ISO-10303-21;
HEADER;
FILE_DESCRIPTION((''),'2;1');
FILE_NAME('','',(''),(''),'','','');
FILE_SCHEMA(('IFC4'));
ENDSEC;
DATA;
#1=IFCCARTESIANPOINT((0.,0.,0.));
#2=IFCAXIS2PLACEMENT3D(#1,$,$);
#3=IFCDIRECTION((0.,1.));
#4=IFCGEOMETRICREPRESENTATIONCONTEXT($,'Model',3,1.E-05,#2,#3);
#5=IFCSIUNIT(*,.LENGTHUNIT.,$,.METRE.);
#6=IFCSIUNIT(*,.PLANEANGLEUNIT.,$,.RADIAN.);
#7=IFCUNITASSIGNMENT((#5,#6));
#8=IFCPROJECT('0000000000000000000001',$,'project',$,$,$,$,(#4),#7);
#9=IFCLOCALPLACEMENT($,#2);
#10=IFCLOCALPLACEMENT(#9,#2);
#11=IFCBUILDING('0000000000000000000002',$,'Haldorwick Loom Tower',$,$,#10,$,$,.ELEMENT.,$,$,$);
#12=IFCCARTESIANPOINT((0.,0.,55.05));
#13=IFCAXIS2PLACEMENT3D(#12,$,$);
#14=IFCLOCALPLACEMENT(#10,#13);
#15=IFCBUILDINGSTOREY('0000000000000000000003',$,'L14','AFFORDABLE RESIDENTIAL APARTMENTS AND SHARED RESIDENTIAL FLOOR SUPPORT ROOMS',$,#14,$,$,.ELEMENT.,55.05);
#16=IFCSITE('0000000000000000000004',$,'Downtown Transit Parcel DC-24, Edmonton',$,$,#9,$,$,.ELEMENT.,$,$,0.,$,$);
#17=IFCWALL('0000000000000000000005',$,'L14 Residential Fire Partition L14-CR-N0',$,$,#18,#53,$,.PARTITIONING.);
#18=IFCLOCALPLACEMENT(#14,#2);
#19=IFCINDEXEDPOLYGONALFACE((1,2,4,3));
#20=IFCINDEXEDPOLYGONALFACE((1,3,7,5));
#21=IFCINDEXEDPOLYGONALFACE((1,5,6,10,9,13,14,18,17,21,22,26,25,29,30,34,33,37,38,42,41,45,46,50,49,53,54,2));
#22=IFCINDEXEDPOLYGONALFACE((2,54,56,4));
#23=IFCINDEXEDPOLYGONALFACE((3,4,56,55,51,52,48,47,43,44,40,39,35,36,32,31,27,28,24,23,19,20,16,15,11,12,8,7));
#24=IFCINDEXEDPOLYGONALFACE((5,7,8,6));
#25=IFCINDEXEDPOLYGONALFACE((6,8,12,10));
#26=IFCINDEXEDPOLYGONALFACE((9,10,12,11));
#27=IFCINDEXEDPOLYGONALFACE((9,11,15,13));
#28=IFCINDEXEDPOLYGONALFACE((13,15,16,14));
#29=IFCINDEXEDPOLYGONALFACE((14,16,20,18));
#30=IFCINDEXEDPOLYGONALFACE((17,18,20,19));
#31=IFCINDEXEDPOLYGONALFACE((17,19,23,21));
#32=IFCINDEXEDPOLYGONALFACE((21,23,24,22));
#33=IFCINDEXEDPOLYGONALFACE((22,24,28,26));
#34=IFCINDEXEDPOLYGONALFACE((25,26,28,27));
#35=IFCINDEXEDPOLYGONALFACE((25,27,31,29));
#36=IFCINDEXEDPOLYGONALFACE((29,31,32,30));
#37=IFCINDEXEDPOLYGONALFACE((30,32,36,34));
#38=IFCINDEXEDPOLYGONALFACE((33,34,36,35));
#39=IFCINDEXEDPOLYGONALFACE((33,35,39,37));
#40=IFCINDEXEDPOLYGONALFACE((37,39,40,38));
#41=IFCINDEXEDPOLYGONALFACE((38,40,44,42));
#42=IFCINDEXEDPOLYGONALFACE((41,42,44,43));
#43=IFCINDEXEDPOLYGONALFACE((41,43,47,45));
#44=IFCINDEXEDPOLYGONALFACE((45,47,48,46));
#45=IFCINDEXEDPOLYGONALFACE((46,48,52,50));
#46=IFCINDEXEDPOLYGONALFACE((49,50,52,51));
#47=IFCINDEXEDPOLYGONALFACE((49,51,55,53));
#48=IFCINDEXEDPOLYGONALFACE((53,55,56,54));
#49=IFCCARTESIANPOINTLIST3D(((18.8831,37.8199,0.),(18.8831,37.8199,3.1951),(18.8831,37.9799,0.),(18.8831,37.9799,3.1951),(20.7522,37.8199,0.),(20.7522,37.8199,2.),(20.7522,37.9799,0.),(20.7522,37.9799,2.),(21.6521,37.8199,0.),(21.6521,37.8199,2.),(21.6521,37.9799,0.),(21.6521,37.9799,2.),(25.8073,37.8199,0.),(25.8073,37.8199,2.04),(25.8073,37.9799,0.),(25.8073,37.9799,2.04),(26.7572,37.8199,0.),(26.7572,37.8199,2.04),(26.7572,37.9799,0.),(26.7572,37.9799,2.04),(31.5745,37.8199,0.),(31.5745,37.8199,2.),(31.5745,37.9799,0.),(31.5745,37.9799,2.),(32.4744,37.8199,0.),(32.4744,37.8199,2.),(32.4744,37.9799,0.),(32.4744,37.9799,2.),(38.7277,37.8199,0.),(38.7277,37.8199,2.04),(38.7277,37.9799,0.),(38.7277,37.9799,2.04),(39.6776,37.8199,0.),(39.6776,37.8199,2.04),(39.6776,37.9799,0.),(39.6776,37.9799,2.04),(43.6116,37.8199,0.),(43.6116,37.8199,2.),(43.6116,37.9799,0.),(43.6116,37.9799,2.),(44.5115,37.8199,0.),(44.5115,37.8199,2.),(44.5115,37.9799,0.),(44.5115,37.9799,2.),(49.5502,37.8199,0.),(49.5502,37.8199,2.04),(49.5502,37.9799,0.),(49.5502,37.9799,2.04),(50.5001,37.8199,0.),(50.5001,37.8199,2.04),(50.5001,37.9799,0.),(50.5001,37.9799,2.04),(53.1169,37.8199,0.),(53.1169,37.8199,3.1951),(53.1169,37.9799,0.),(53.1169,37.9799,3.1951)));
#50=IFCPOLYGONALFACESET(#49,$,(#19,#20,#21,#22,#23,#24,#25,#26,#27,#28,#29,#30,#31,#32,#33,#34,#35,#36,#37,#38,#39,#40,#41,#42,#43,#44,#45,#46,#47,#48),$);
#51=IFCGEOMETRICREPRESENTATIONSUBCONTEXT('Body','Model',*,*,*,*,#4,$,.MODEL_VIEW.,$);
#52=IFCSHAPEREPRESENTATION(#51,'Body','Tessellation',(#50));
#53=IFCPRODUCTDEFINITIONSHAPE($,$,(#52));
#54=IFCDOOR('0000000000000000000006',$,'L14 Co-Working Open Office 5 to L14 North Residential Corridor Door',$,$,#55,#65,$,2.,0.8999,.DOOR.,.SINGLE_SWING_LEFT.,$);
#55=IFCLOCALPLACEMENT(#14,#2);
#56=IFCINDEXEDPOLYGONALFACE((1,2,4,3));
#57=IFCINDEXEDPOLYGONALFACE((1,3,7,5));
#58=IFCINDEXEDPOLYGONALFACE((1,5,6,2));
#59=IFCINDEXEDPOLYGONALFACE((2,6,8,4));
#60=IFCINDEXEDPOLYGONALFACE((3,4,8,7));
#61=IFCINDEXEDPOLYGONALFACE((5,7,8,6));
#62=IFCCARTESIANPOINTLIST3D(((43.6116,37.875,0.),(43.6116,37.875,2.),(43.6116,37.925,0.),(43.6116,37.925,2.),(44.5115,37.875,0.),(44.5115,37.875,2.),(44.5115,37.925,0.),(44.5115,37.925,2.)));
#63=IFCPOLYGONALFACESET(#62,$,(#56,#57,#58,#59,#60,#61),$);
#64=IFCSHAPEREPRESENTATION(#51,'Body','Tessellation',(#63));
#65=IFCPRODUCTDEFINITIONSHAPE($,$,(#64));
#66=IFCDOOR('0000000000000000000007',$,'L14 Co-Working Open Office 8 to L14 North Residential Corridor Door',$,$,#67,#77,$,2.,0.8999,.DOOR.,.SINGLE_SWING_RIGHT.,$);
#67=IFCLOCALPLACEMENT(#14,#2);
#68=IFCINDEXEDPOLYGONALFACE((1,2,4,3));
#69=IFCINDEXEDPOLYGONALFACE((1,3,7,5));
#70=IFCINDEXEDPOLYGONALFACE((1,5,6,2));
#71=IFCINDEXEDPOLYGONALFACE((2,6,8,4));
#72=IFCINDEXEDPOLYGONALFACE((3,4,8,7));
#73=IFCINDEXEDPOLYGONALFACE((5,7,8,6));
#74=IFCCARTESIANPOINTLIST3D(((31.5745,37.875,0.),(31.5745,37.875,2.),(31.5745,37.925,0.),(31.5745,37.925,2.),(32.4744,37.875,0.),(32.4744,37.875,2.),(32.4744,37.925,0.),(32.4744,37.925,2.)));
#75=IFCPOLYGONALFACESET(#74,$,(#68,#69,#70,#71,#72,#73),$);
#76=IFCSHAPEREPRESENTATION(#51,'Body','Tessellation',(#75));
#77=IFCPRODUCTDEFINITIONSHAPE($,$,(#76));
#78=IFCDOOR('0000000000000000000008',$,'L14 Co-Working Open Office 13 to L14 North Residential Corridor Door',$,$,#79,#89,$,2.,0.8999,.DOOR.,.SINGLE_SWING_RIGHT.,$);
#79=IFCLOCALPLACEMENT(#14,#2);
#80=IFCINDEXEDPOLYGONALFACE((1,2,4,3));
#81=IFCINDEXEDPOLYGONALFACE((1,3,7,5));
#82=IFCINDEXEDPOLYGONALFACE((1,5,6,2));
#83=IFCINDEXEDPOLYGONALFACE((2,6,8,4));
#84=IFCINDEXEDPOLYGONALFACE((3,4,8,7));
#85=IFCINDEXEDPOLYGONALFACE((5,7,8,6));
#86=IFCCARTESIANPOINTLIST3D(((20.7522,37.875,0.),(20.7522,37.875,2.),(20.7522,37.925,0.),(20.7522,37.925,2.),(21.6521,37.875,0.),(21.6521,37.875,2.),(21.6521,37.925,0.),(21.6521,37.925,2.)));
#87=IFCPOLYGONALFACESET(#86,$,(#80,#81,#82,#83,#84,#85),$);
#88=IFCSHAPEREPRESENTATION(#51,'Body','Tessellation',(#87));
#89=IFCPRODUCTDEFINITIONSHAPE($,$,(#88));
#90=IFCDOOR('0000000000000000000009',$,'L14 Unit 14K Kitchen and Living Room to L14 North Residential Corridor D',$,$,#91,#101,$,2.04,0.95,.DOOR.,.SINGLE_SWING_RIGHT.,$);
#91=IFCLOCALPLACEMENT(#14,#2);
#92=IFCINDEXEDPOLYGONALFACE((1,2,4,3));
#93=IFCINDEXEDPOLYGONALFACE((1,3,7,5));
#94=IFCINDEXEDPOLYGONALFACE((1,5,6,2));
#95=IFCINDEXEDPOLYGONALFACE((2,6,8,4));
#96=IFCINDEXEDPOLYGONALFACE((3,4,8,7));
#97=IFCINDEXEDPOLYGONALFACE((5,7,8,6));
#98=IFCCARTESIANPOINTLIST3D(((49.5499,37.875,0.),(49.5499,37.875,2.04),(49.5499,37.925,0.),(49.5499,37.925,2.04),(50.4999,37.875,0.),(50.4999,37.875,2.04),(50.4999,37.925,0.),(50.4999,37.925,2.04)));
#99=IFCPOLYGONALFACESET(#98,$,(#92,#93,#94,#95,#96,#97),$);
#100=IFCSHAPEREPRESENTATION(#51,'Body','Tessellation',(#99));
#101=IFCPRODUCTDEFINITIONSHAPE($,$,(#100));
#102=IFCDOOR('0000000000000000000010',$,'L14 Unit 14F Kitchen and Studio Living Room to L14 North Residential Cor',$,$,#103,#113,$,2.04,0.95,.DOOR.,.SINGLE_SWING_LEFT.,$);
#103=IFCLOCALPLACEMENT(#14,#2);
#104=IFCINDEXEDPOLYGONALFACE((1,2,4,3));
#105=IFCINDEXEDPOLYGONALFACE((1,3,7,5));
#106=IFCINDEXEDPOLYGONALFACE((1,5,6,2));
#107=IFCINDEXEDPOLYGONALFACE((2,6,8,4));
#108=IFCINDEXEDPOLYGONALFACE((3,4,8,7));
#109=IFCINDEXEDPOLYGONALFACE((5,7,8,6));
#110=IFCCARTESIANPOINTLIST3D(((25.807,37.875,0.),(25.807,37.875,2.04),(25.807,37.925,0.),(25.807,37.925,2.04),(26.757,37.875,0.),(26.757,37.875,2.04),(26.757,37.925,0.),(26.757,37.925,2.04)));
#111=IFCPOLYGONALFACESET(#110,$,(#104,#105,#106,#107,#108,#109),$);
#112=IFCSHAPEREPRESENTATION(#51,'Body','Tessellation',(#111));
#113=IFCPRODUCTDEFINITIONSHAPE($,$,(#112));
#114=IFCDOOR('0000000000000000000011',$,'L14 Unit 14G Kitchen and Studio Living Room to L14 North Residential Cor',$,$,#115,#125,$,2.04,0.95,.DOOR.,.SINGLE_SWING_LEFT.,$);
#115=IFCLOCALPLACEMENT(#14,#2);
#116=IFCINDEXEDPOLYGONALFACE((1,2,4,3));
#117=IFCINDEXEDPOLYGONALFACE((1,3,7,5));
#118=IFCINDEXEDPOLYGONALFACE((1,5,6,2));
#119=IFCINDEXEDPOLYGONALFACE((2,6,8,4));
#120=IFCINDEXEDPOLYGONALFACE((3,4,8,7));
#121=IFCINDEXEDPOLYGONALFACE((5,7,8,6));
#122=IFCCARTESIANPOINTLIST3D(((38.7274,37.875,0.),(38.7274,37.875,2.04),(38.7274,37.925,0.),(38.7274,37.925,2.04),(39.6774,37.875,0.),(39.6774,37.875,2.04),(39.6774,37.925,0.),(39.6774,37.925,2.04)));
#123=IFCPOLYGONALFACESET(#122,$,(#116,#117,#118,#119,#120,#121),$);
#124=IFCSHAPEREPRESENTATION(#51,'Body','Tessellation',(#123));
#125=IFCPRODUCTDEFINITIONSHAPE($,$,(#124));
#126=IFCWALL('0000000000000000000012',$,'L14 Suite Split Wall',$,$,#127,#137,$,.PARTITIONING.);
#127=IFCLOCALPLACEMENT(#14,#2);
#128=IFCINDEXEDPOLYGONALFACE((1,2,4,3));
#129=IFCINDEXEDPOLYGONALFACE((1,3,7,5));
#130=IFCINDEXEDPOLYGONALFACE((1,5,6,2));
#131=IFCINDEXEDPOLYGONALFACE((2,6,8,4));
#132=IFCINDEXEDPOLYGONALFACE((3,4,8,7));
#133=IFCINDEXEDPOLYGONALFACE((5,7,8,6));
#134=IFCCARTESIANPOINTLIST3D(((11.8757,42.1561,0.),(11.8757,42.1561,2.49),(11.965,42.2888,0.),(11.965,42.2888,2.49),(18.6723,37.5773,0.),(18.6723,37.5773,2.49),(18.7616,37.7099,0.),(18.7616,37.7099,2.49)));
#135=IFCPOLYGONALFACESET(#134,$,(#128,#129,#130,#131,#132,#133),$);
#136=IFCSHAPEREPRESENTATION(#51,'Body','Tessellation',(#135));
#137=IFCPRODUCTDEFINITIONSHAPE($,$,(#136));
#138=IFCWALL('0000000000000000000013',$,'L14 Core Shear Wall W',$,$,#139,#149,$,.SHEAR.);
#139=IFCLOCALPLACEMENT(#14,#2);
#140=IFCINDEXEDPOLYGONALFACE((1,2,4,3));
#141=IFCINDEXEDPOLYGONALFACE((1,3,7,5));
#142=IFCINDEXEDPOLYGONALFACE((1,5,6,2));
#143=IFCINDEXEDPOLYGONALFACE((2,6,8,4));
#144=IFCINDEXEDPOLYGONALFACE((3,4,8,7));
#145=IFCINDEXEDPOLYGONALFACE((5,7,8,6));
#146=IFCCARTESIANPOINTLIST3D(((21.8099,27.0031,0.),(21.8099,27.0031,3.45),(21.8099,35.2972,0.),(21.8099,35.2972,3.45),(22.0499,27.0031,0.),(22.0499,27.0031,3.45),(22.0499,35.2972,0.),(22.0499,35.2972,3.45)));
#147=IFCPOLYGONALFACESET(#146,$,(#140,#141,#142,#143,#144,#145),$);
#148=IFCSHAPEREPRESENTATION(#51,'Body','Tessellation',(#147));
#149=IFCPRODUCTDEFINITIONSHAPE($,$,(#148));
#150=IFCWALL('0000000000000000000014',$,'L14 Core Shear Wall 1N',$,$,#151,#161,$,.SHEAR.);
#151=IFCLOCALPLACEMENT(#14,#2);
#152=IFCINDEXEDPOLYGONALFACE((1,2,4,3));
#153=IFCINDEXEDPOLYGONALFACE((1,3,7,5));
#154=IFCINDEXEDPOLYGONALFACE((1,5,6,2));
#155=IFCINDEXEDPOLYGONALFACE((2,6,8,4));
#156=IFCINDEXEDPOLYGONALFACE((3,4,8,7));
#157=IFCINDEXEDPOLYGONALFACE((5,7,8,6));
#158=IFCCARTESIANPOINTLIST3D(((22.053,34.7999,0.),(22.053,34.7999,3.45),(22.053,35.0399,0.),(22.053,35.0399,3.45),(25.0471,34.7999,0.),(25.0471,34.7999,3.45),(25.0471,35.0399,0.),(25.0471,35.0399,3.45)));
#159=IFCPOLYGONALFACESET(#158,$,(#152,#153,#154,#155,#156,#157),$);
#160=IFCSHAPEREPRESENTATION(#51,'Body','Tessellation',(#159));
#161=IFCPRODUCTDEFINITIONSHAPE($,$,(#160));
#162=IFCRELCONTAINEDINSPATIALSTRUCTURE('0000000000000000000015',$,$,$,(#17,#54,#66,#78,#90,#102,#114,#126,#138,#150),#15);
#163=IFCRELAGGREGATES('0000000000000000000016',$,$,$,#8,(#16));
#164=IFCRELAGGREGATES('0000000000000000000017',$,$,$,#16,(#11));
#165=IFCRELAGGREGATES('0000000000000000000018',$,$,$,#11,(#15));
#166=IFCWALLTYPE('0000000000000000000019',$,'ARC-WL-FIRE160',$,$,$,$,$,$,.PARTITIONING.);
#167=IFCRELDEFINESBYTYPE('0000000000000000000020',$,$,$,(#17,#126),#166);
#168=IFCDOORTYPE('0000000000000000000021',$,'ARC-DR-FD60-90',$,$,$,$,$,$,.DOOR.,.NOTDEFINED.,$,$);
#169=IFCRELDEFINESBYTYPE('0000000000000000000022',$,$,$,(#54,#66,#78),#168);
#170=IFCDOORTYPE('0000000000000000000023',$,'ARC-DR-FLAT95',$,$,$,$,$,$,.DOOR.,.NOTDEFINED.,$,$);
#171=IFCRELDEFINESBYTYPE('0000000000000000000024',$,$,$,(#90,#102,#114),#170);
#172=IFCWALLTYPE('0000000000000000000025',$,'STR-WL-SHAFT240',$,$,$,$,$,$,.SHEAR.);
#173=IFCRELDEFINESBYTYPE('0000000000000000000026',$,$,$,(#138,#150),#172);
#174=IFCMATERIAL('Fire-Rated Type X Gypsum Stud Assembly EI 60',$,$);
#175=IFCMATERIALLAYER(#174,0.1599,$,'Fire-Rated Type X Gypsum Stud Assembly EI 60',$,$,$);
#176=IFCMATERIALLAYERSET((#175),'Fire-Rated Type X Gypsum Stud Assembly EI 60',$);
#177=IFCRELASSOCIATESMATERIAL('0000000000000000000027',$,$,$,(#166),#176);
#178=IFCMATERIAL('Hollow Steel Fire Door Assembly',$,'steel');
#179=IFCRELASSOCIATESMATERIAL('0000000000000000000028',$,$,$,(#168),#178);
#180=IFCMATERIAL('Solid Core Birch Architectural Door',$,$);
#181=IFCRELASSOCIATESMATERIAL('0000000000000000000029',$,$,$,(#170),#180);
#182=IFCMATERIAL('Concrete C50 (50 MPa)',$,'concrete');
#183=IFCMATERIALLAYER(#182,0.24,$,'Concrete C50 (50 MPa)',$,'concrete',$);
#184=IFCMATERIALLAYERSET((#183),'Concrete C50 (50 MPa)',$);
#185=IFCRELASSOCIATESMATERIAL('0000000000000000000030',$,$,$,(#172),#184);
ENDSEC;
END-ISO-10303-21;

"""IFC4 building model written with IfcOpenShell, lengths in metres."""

from ifc_helpers import new_model, si_unit, direction, frame, frame_2d, origin, place, context, subcontext, project, spatial, rectangle, extrude, material, layer, layer_set, type_object, element, fill, save


model = new_model("IFC4")

# Units and contexts
model_context = context("Model", 3, precision=1e-05, world=origin(), true_north=direction((0.0, 1.0)))
body_context = subcontext(model_context, "Body", "Model", "MODEL_VIEW")
ifc_project = project(units=[si_unit("LENGTHUNIT", "METRE"), si_unit("PLANEANGLEUNIT", "RADIAN")], contexts=[model_context])

# Site, building, storey
site_placement = place(None, origin())
site = spatial("IfcSite", under=ifc_project, at=site_placement, Name="Downtown Transit Parcel DC-24, Edmonton", CompositionType="ELEMENT", RefElevation=0.0)
building_placement = place(site_placement, origin())
building = spatial("IfcBuilding", under=site, at=building_placement, Name="Haldorwick Loom Tower", CompositionType="ELEMENT")
storey_placement = place(building_placement, frame((0.0, 0.0, 55.05)))
storey = spatial("IfcBuildingStorey", under=building, at=storey_placement, Name="L14", Description="AFFORDABLE RESIDENTIAL APARTMENTS AND SHARED RESIDENTIAL FLOOR SUPPORT ROOMS", CompositionType="ELEMENT", Elevation=55.05)

# Shared definitions
ifc_material_1 = material(Name="Fire-Rated Type X Gypsum Stud Assembly EI 60")
ifc_layer_1 = layer(ifc_material_1, 0.1599, Name="Fire-Rated Type X Gypsum Stud Assembly EI 60")
ifc_layer_set_1 = layer_set([ifc_layer_1], Name="Fire-Rated Type X Gypsum Stud Assembly EI 60")
wall_type_1 = type_object("IfcWallType", Name="ARC-WL-FIRE160", PredefinedType="PARTITIONING", material=ifc_layer_set_1)

# Wall, openings, doors
wall_1_placement = place(storey_placement, frame((18.8831, 37.8999, 0.0), z_axis=(0.0, 0.0, 1.0), x_axis=(1.0, 0.0, 0.0)))
wall_1 = element("IfcWall", 1, at=wall_1_placement, inside=storey, type_object=wall_type_1, Name="L14 Residential Fire Partition L14-CR-N0", PredefinedType="PARTITIONING", context=body_context, shape_type="SweptSolid", body=[
    extrude(rectangle(XDim=34.2339, YDim=0.1599, at=frame_2d((17.1169, 0.0))), origin(), (0.0, 0.0, 1.0), 3.1951),
])
opening_1_placement = place(wall_1_placement, frame((30.667, 0.0, 0.0)))
opening_1 = element("IfcOpeningElement", 2, at=opening_1_placement, cuts=wall_1, PredefinedType="OPENING", context=body_context, shape_type="SweptSolid", body=[
    extrude(rectangle(XDim=0.95, YDim=2.04, at=frame_2d((0.4751, 1.02))), frame((0.0, 0.0898, 0.0), z_axis=(0.0, -1.0, 0.0), x_axis=(1.0, 0.0, 0.0)), (0.0, 0.0, 1.0), 0.1799),
])
opening_2_placement = place(wall_1_placement, frame((24.7285, 0.0, 0.0)))
opening_2 = element("IfcOpeningElement", 3, at=opening_2_placement, cuts=wall_1, PredefinedType="OPENING", context=body_context, shape_type="SweptSolid", body=[
    extrude(rectangle(XDim=0.8999, YDim=2.0, at=frame_2d((0.45, 1.0))), frame((0.0, 0.0898, 0.0), z_axis=(0.0, -1.0, 0.0), x_axis=(1.0, 0.0, 0.0)), (0.0, 0.0, 1.0), 0.1799),
])
opening_3_placement = place(wall_1_placement, frame((12.6914, 0.0, 0.0)))
opening_3 = element("IfcOpeningElement", 4, at=opening_3_placement, cuts=wall_1, PredefinedType="OPENING", context=body_context, shape_type="SweptSolid", body=[
    extrude(rectangle(XDim=0.8999, YDim=2.0, at=frame_2d((0.45, 1.0))), frame((0.0, 0.0898, 0.0), z_axis=(0.0, -1.0, 0.0), x_axis=(1.0, 0.0, 0.0)), (0.0, 0.0, 1.0), 0.1799),
])
opening_4_placement = place(wall_1_placement, frame((6.9241, 0.0, 0.0)))
opening_4 = element("IfcOpeningElement", 5, at=opening_4_placement, cuts=wall_1, PredefinedType="OPENING", context=body_context, shape_type="SweptSolid", body=[
    extrude(rectangle(XDim=0.95, YDim=2.04, at=frame_2d((0.4751, 1.02))), frame((0.0, 0.0898, 0.0), z_axis=(0.0, -1.0, 0.0), x_axis=(1.0, 0.0, 0.0)), (0.0, 0.0, 1.0), 0.1799),
])
opening_5_placement = place(wall_1_placement, frame((1.8691, 0.0, 0.0)))
opening_5 = element("IfcOpeningElement", 6, at=opening_5_placement, cuts=wall_1, PredefinedType="OPENING", context=body_context, shape_type="SweptSolid", body=[
    extrude(rectangle(XDim=0.8999, YDim=2.0, at=frame_2d((0.45, 1.0))), frame((0.0, 0.0898, 0.0), z_axis=(0.0, -1.0, 0.0), x_axis=(1.0, 0.0, 0.0)), (0.0, 0.0, 1.0), 0.1799),
])
opening_6_placement = place(wall_1_placement, frame((19.8445, 0.0, 0.0)))
opening_6 = element("IfcOpeningElement", 7, at=opening_6_placement, cuts=wall_1, PredefinedType="OPENING", context=body_context, shape_type="SweptSolid", body=[
    extrude(rectangle(XDim=0.95, YDim=2.04, at=frame_2d((0.4751, 1.02))), frame((0.0, 0.0898, 0.0), z_axis=(0.0, -1.0, 0.0), x_axis=(1.0, 0.0, 0.0)), (0.0, 0.0, 1.0), 0.1799),
])
ifc_material_2 = material(Name="Hollow Steel Fire Door Assembly", Category="steel")
door_type_1 = type_object("IfcDoorType", Name="ARC-DR-FD60-90", OperationType="NOTDEFINED", PredefinedType="DOOR", material=ifc_material_2)
door_1_placement = place(opening_2_placement, frame((0.8999, 0.0, 0.0), z_axis=(0.0, 0.0, 1.0), x_axis=(-1.0, 0.0, 0.0)))
door_1 = element("IfcDoor", 8, at=door_1_placement, inside=storey, type_object=door_type_1, Name="L14 Co-Working Open Office 5 to L14 North Residential Corridor Door", OperationType="SINGLE_SWING_LEFT", OverallHeight=2.0, OverallWidth=0.8999, PredefinedType="DOOR", context=body_context, shape_type="SweptSolid", body=[
    extrude(rectangle(XDim=0.8999, YDim=2.0, at=frame_2d((0.45, 1.0))), frame((0.0, 0.0249, 0.0), z_axis=(0.0, -1.0, 0.0), x_axis=(1.0, 0.0, 0.0)), (0.0, 0.0, 1.0), 0.05),
])
fill(opening_2, door_1)
door_2_placement = place(opening_3_placement, frame((0.8999, 0.0, 0.0), z_axis=(0.0, 0.0, 1.0), x_axis=(-1.0, 0.0, 0.0)))
door_2 = element("IfcDoor", 9, at=door_2_placement, inside=storey, type_object=door_type_1, Name="L14 Co-Working Open Office 8 to L14 North Residential Corridor Door", OperationType="SINGLE_SWING_RIGHT", OverallHeight=2.0, OverallWidth=0.8999, PredefinedType="DOOR", context=body_context, shape_type="SweptSolid", body=[
    extrude(rectangle(XDim=0.8999, YDim=2.0, at=frame_2d((0.45, 1.0))), frame((0.0, 0.0249, 0.0), z_axis=(0.0, -1.0, 0.0), x_axis=(1.0, 0.0, 0.0)), (0.0, 0.0, 1.0), 0.05),
])
fill(opening_3, door_2)
door_3_placement = place(opening_5_placement, frame((0.8999, 0.0, 0.0), z_axis=(0.0, 0.0, 1.0), x_axis=(-1.0, 0.0, 0.0)))
door_3 = element("IfcDoor", 10, at=door_3_placement, inside=storey, type_object=door_type_1, Name="L14 Co-Working Open Office 13 to L14 North Residential Corridor Door", OperationType="SINGLE_SWING_RIGHT", OverallHeight=2.0, OverallWidth=0.8999, PredefinedType="DOOR", context=body_context, shape_type="SweptSolid", body=[
    extrude(rectangle(XDim=0.8999, YDim=2.0, at=frame_2d((0.45, 1.0))), frame((0.0, 0.0249, 0.0), z_axis=(0.0, -1.0, 0.0), x_axis=(1.0, 0.0, 0.0)), (0.0, 0.0, 1.0), 0.05),
])
fill(opening_5, door_3)
ifc_material_3 = material(Name="Solid Core Birch Architectural Door")
door_type_2 = type_object("IfcDoorType", Name="ARC-DR-FLAT95", OperationType="NOTDEFINED", PredefinedType="DOOR", material=ifc_material_3)
door_4_placement = place(opening_1_placement, frame((0.95, 0.0, 0.0), z_axis=(0.0, 0.0, 1.0), x_axis=(-1.0, 0.0, 0.0)))
door_4 = element("IfcDoor", 11, at=door_4_placement, inside=storey, type_object=door_type_2, Name="L14 Unit 14K Kitchen and Living Room to L14 North Residential Corridor D", OperationType="SINGLE_SWING_RIGHT", OverallHeight=2.04, OverallWidth=0.95, PredefinedType="DOOR", context=body_context, shape_type="SweptSolid", body=[
    extrude(rectangle(XDim=0.95, YDim=2.04, at=frame_2d((0.4751, 1.02))), frame((0.0, 0.0249, 0.0), z_axis=(0.0, -1.0, 0.0), x_axis=(1.0, 0.0, 0.0)), (0.0, 0.0, 1.0), 0.05),
])
fill(opening_1, door_4)
door_5_placement = place(opening_4_placement, frame((0.95, 0.0, 0.0), z_axis=(0.0, 0.0, 1.0), x_axis=(-1.0, 0.0, 0.0)))
door_5 = element("IfcDoor", 12, at=door_5_placement, inside=storey, type_object=door_type_2, Name="L14 Unit 14F Kitchen and Studio Living Room to L14 North Residential Cor", OperationType="SINGLE_SWING_LEFT", OverallHeight=2.04, OverallWidth=0.95, PredefinedType="DOOR", context=body_context, shape_type="SweptSolid", body=[
    extrude(rectangle(XDim=0.95, YDim=2.04, at=frame_2d((0.4751, 1.02))), frame((0.0, 0.0249, 0.0), z_axis=(0.0, -1.0, 0.0), x_axis=(1.0, 0.0, 0.0)), (0.0, 0.0, 1.0), 0.05),
])
fill(opening_4, door_5)
door_6_placement = place(opening_6_placement, frame((0.95, 0.0, 0.0), z_axis=(0.0, 0.0, 1.0), x_axis=(-1.0, 0.0, 0.0)))
door_6 = element("IfcDoor", 13, at=door_6_placement, inside=storey, type_object=door_type_2, Name="L14 Unit 14G Kitchen and Studio Living Room to L14 North Residential Cor", OperationType="SINGLE_SWING_LEFT", OverallHeight=2.04, OverallWidth=0.95, PredefinedType="DOOR", context=body_context, shape_type="SweptSolid", body=[
    extrude(rectangle(XDim=0.95, YDim=2.04, at=frame_2d((0.4751, 1.02))), frame((0.0, 0.0249, 0.0), z_axis=(0.0, -1.0, 0.0), x_axis=(1.0, 0.0, 0.0)), (0.0, 0.0, 1.0), 0.05),
])
fill(opening_6, door_6)

# Walls
wall_2_placement = place(storey_placement, frame((18.717, 37.6436, 0.0), z_axis=(0.0, 0.0, 1.0), x_axis=(-0.82935, 0.558729, 0.0)))
element("IfcWall", 14, at=wall_2_placement, inside=storey, type_object=wall_type_1, Name="L14 Suite Split Wall", PredefinedType="PARTITIONING", context=body_context, shape_type="SweptSolid", body=[
    extrude(rectangle(XDim=8.1951, YDim=0.1599, at=frame_2d((4.0977, 0.0))), origin(), (0.0, 0.0, 1.0), 2.49),
])
ifc_material_4 = material(Name="Concrete C50 (50 MPa)", Category="concrete")
ifc_layer_2 = layer(ifc_material_4, 0.24, Name="Concrete C50 (50 MPa)", Category="concrete")
ifc_layer_set_2 = layer_set([ifc_layer_2], Name="Concrete C50 (50 MPa)")
wall_type_2 = type_object("IfcWallType", Name="STR-WL-SHAFT240", PredefinedType="SHEAR", material=ifc_layer_set_2)
wall_3_placement = place(storey_placement, frame((21.9299, 35.2971, 0.0), z_axis=(0.0, 0.0, 1.0), x_axis=(0.0, -1.0, 0.0)))
element("IfcWall", 15, at=wall_3_placement, inside=storey, type_object=wall_type_2, Name="L14 Core Shear Wall W", PredefinedType="SHEAR", context=body_context, shape_type="SweptSolid", body=[
    extrude(rectangle(XDim=8.2942, YDim=0.24, at=frame_2d((4.147, 0.0))), origin(), (0.0, 0.0, 1.0), 3.45),
])
wall_4_placement = place(storey_placement, frame((22.053, 34.9199, 0.0), z_axis=(0.0, 0.0, 1.0), x_axis=(1.0, 0.0, 0.0)))
element("IfcWall", 16, at=wall_4_placement, inside=storey, type_object=wall_type_2, Name="L14 Core Shear Wall 1N", PredefinedType="SHEAR", context=body_context, shape_type="SweptSolid", body=[
    extrude(rectangle(XDim=2.9941, YDim=0.24, at=frame_2d((1.4971, 0.0))), origin(), (0.0, 0.0, 1.0), 3.45),
])

save(model, "model.ifc")
